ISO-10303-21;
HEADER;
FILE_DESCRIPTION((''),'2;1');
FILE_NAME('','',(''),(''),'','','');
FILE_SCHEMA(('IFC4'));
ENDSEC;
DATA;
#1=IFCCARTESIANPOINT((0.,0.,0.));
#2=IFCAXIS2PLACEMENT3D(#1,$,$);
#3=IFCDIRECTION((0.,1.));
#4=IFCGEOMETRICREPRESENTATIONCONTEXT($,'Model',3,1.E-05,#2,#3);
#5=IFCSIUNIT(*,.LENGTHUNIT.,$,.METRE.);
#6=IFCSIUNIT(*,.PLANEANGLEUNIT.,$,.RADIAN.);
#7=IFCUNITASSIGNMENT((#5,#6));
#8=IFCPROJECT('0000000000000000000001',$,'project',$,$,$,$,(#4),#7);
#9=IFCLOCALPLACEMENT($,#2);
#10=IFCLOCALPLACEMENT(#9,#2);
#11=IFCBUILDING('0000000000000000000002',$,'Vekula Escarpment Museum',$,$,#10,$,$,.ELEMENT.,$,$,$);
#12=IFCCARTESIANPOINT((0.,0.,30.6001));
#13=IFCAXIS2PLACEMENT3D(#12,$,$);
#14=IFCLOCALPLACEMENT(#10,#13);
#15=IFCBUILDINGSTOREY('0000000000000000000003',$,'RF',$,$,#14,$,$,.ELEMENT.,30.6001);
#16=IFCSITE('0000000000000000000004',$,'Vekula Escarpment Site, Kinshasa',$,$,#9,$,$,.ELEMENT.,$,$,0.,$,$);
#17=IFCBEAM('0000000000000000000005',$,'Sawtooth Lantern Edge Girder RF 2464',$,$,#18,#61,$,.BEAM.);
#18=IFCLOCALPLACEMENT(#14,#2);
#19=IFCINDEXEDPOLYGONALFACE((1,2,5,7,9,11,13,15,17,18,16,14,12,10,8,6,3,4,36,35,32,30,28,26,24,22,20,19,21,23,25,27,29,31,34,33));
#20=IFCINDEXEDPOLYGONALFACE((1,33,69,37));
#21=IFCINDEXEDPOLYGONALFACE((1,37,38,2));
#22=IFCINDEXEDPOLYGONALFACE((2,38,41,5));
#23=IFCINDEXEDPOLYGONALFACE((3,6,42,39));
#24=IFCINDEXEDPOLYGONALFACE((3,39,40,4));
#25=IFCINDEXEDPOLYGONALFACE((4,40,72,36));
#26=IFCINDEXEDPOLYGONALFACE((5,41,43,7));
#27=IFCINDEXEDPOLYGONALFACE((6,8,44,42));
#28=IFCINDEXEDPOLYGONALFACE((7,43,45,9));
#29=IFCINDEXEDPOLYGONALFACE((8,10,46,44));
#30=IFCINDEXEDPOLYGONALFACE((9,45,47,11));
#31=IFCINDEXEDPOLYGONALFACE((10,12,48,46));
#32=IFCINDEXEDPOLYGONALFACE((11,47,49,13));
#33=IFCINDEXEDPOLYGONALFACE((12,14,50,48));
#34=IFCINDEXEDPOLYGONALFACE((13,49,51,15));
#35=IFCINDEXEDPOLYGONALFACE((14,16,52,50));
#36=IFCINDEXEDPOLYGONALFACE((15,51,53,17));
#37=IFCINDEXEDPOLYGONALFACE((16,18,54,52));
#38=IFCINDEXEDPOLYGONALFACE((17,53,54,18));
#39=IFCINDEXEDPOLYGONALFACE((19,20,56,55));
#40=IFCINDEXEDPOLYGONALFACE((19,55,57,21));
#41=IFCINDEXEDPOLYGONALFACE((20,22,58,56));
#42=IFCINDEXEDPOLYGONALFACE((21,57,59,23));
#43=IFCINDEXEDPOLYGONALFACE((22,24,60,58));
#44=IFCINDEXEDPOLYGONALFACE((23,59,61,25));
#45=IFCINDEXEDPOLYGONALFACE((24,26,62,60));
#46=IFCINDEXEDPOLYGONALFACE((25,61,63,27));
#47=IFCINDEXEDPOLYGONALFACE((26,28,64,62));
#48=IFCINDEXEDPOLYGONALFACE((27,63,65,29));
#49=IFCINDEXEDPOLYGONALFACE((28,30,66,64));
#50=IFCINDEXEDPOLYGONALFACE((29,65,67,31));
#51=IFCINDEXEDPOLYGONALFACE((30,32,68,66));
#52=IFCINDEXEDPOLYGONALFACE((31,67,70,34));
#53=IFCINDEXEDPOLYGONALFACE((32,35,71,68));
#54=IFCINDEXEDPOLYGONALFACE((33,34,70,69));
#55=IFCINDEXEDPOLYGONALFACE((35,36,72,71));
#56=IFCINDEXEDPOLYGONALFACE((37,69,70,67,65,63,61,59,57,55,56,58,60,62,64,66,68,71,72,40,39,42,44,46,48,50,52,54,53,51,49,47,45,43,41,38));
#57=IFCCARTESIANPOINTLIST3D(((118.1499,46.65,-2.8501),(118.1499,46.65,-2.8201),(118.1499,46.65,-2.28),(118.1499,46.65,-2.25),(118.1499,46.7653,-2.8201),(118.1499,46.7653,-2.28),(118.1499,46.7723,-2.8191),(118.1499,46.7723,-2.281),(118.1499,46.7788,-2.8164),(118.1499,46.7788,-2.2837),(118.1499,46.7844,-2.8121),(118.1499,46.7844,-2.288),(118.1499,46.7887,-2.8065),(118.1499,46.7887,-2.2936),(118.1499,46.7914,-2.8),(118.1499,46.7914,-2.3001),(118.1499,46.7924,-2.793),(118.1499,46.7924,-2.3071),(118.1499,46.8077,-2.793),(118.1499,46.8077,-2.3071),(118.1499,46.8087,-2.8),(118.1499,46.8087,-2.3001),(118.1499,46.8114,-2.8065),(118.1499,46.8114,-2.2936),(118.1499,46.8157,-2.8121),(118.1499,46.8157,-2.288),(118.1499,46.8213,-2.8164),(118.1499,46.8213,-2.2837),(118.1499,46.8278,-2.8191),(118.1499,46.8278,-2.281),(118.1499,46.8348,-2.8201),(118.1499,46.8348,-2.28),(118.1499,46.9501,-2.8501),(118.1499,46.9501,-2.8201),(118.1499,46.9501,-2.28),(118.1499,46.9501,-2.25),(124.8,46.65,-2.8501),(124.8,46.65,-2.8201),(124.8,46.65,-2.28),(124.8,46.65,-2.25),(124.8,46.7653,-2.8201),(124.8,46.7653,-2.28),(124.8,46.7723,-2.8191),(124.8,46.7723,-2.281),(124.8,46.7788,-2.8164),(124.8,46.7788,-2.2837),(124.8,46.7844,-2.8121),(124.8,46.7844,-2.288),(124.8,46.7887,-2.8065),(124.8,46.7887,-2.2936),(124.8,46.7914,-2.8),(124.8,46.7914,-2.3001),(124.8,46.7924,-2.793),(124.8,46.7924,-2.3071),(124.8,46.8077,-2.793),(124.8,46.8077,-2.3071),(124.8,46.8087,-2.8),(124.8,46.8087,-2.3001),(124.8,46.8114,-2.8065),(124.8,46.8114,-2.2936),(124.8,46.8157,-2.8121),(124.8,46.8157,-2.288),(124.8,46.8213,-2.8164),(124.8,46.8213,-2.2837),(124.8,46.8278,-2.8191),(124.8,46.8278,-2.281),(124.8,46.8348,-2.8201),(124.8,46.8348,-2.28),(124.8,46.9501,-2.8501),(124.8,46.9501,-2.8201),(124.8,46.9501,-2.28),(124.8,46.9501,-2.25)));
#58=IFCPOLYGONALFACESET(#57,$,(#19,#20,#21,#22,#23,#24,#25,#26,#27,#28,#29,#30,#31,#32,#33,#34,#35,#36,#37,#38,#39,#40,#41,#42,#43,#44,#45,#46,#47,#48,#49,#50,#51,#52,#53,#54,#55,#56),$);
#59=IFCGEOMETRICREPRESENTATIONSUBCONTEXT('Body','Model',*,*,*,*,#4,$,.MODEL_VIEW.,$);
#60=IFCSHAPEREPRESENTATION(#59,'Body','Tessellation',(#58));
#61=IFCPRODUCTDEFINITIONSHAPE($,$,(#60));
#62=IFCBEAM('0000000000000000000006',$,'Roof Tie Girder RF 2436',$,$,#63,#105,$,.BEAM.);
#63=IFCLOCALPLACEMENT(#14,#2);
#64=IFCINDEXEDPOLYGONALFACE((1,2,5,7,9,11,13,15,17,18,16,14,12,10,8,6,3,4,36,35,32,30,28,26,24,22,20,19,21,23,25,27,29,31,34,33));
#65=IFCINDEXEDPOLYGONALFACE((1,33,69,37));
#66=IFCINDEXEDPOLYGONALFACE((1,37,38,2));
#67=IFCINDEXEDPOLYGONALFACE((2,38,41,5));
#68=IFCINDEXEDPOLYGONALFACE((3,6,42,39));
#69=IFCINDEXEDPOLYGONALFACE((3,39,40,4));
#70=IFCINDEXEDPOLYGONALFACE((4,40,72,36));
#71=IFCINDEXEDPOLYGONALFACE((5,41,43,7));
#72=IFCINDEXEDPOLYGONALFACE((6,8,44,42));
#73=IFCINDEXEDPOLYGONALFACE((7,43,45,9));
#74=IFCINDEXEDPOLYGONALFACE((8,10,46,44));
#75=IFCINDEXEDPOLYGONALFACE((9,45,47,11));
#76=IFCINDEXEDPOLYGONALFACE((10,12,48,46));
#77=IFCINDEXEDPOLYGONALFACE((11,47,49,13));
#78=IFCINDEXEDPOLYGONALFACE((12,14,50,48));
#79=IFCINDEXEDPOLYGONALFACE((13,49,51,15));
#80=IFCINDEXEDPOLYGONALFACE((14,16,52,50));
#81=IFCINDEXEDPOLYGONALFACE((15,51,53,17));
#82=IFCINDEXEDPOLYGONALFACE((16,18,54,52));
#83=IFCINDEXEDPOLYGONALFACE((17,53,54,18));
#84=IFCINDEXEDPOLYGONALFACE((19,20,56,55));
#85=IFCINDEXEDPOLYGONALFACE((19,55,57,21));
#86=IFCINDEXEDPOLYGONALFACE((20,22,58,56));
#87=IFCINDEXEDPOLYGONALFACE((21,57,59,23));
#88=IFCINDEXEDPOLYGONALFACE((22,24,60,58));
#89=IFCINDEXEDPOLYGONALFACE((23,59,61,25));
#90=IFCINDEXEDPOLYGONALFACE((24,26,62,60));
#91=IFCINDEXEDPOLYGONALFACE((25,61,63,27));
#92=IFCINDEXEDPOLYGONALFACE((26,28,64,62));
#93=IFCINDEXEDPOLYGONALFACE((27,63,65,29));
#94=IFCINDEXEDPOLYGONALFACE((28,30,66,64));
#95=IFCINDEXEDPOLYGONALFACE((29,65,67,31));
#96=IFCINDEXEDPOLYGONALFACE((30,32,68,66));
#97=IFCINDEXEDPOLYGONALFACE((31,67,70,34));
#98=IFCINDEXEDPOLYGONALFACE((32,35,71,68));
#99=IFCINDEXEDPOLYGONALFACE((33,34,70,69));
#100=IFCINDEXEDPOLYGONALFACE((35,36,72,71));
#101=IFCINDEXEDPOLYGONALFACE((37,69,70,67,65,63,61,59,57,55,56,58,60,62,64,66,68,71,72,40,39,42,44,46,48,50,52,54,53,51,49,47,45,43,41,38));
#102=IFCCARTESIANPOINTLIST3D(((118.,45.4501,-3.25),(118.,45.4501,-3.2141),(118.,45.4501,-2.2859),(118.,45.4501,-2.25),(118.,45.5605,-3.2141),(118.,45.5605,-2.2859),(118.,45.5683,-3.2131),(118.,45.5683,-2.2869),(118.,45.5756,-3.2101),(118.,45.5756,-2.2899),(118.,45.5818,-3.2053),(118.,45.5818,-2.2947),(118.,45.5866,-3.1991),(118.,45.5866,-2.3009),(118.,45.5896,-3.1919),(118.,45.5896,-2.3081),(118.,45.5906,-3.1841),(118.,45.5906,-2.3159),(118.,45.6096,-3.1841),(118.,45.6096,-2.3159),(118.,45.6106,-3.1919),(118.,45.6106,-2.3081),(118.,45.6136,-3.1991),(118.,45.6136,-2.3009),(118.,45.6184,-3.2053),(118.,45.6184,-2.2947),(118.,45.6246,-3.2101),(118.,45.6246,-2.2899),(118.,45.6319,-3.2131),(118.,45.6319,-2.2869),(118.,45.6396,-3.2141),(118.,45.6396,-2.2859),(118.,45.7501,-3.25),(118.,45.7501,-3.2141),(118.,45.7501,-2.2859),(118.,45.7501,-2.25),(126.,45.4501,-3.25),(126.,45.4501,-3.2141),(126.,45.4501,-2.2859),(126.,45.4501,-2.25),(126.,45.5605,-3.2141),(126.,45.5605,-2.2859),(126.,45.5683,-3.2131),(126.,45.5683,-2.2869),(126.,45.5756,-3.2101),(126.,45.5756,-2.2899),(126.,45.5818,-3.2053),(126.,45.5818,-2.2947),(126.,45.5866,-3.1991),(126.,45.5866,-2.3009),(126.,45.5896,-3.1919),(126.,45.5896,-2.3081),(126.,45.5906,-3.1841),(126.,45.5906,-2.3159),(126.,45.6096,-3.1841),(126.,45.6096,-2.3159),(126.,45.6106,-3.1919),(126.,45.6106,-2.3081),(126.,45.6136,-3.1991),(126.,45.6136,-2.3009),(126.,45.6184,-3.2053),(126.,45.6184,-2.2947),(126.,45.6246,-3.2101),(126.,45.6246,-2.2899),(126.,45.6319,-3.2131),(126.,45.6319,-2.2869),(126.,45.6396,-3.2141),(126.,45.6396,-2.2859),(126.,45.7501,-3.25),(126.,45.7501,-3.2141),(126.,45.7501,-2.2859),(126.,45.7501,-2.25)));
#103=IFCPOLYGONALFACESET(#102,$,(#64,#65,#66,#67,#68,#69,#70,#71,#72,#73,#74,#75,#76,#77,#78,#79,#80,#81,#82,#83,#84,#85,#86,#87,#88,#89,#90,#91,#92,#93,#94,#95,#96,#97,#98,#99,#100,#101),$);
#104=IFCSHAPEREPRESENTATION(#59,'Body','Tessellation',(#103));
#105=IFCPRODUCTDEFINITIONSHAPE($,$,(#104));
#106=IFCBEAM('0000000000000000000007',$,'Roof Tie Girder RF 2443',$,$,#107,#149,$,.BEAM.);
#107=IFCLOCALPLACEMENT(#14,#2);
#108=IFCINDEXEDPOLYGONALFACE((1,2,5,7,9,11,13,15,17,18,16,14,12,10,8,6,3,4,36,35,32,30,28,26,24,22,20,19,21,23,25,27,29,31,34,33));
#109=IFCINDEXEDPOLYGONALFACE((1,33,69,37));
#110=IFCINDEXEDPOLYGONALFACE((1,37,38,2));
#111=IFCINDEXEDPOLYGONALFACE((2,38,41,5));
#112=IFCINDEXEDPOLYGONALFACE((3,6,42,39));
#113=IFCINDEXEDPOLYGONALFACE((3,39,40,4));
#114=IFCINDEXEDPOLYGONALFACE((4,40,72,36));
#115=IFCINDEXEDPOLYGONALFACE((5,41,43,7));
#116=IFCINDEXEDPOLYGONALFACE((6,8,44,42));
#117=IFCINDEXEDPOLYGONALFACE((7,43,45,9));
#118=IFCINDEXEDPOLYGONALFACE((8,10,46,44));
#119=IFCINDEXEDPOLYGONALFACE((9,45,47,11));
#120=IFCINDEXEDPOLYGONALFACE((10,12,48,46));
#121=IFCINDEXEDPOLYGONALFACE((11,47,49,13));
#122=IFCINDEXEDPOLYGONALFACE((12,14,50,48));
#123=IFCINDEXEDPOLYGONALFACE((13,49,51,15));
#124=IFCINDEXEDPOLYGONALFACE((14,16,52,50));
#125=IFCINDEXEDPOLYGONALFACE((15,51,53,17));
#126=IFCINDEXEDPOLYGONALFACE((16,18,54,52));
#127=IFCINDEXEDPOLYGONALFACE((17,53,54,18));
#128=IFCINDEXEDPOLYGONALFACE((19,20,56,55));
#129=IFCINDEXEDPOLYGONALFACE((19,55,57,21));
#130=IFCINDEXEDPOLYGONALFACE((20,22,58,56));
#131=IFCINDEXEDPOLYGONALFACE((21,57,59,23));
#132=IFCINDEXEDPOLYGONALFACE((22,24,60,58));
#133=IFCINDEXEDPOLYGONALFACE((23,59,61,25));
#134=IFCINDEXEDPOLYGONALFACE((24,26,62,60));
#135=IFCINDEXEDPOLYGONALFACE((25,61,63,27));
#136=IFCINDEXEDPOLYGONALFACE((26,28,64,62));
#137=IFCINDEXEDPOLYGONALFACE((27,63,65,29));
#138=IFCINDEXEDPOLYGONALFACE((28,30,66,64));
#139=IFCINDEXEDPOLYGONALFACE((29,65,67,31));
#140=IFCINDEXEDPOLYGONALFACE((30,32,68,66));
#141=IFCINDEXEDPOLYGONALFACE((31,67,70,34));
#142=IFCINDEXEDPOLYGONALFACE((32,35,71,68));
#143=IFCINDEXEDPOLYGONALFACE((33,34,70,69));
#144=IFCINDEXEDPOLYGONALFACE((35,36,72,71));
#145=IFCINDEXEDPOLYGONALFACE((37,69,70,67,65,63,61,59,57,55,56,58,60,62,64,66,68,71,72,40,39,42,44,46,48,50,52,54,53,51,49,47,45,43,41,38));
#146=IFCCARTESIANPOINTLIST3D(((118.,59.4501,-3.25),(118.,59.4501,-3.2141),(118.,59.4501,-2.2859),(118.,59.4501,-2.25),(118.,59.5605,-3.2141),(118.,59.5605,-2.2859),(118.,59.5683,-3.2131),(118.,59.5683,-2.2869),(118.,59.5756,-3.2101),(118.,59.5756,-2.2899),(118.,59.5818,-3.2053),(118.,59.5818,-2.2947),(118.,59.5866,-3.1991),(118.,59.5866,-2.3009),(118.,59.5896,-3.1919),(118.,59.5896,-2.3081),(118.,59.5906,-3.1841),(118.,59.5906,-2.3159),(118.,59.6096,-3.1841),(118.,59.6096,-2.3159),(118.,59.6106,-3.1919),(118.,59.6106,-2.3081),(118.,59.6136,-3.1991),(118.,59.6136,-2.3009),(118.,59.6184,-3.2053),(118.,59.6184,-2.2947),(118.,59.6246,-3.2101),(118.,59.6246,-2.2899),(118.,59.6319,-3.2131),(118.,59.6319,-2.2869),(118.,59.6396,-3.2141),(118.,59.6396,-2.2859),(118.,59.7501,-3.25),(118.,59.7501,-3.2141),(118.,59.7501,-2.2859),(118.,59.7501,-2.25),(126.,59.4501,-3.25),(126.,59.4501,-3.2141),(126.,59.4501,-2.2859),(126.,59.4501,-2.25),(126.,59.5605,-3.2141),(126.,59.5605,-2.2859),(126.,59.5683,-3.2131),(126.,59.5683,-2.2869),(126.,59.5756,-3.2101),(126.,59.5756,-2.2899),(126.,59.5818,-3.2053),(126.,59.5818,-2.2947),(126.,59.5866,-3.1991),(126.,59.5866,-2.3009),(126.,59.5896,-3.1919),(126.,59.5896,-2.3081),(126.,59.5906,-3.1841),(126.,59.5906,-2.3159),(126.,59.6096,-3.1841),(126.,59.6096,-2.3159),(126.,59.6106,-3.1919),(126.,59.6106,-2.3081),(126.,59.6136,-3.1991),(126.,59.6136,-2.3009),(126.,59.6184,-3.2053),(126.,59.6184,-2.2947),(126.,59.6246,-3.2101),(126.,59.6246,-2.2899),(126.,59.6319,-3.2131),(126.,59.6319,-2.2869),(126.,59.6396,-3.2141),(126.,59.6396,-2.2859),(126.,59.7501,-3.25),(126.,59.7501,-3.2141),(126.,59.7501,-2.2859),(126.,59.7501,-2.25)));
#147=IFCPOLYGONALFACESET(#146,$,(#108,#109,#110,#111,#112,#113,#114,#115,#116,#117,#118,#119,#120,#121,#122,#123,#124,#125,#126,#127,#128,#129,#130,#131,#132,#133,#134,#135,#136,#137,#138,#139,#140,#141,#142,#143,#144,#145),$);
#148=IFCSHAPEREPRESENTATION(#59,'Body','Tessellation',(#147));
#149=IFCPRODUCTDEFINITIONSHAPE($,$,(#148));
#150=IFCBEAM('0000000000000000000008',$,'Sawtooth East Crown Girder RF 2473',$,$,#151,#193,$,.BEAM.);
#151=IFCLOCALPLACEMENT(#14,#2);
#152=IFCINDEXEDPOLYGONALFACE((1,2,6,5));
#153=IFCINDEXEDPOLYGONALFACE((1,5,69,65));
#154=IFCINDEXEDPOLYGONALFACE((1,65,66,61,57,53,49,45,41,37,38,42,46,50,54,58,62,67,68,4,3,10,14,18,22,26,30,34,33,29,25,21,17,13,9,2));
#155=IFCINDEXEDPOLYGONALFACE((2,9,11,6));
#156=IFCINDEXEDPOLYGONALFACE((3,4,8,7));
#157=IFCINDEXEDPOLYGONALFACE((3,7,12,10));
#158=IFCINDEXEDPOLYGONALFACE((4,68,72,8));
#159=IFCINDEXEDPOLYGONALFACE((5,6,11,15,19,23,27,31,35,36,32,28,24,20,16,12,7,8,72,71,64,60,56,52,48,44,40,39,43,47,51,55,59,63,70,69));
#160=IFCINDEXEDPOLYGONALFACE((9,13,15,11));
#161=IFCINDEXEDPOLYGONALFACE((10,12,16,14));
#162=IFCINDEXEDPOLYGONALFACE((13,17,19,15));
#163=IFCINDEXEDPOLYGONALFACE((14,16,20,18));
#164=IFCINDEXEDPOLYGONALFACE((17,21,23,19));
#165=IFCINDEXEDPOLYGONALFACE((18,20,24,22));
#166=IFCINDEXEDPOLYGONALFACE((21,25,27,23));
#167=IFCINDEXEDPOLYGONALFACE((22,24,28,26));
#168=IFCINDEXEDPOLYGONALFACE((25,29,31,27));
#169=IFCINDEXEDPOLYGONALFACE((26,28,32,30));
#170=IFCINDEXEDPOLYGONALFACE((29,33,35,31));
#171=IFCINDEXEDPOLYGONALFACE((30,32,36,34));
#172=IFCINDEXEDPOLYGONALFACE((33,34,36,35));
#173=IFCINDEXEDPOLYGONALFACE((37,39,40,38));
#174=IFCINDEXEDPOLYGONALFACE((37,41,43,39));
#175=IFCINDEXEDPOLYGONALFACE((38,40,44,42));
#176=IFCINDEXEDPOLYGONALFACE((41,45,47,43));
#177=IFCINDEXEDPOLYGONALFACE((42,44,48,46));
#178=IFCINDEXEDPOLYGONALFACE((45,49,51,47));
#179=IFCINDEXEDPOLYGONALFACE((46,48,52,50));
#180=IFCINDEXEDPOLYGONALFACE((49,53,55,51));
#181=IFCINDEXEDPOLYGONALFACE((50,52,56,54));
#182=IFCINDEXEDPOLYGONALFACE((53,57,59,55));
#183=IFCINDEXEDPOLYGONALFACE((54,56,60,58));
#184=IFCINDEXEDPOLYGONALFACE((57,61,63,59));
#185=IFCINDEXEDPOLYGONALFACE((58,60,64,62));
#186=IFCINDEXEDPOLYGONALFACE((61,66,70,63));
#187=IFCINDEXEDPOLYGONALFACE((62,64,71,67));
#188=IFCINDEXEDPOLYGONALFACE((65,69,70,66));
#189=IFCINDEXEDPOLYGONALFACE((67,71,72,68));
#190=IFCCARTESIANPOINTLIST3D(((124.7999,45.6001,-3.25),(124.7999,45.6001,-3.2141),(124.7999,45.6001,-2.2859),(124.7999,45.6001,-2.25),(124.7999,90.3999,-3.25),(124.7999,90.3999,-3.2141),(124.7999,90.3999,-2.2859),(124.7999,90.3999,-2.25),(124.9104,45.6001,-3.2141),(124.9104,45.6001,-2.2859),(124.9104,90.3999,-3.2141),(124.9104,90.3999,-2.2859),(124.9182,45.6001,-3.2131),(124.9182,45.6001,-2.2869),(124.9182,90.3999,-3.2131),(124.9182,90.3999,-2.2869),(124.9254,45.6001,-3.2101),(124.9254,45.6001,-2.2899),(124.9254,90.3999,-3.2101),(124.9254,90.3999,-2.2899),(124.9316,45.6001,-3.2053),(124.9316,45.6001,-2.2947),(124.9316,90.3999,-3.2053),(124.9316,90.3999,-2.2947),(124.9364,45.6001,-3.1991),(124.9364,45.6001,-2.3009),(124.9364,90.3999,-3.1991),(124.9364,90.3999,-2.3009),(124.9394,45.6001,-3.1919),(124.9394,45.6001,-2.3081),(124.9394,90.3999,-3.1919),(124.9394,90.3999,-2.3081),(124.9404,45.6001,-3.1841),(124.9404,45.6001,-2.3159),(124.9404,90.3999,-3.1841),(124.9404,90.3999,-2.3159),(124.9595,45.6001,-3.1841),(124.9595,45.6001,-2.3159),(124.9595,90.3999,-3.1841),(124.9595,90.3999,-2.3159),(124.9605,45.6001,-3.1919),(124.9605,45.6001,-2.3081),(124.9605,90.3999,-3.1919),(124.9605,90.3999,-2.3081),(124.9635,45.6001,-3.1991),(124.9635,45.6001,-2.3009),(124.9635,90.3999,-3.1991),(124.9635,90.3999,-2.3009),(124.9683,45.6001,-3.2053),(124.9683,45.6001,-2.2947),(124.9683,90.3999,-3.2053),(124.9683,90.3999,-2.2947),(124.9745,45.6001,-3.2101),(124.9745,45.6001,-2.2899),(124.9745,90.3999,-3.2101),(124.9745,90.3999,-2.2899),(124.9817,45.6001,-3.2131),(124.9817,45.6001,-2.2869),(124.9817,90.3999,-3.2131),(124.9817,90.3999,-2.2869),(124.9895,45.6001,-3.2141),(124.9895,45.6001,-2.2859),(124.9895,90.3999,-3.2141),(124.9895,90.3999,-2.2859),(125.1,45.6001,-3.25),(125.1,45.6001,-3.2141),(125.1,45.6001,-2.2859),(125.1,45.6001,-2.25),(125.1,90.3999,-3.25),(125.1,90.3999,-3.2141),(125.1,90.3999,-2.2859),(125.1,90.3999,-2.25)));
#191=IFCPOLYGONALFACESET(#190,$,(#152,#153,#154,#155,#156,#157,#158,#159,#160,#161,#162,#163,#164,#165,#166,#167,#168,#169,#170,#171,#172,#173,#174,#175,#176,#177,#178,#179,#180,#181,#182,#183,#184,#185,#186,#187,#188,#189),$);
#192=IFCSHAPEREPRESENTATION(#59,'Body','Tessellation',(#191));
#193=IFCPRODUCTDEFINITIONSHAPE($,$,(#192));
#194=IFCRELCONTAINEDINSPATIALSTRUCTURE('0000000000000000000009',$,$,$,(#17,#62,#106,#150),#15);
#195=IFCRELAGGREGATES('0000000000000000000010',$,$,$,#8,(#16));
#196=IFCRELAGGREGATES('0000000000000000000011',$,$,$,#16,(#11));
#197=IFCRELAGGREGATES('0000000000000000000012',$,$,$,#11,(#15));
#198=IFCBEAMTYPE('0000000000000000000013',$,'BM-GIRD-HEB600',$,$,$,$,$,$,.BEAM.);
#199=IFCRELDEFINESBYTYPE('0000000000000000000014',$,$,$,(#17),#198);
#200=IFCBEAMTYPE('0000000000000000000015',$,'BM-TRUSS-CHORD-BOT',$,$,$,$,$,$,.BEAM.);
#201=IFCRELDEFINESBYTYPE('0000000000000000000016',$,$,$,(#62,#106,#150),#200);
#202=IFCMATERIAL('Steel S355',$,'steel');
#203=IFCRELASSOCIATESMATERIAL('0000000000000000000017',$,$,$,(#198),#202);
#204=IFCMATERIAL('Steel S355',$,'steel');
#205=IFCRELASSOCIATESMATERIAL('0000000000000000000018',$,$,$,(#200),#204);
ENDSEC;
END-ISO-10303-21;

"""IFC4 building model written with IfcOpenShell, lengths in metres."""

from ifc_helpers import new_model, si_unit, direction, frame, origin, origin_2d, place, context, subcontext, project, spatial, i_section, extrude, material, material_profile, profile_set, type_object, element, save


model = new_model("IFC4")

# Units and contexts
model_context = context("Model", 3, precision=1e-05, world=origin(), true_north=direction((0.0, 1.0)))
body_context = subcontext(model_context, "Body", "Model", "MODEL_VIEW")
ifc_project = project(units=[si_unit("LENGTHUNIT", "METRE"), si_unit("PLANEANGLEUNIT", "RADIAN")], contexts=[model_context])

# Site, building, storey
site_placement = place(None, origin())
site = spatial("IfcSite", under=ifc_project, at=site_placement, Name="Vekula Escarpment Site, Kinshasa", CompositionType="ELEMENT", RefElevation=0.0)
building_placement = place(site_placement, origin())
building = spatial("IfcBuilding", under=site, at=building_placement, Name="Vekula Escarpment Museum", CompositionType="ELEMENT")
storey_placement = place(building_placement, frame((0.0, 0.0, 30.6001)))
storey = spatial("IfcBuildingStorey", under=building, at=storey_placement, Name="RF", CompositionType="ELEMENT", Elevation=30.6001)

# Beams
ifc_material_1 = material(Name="Steel S355", Category="steel")
ifc_material_profile_1 = material_profile(ifc_material_1, i_section(OverallWidth=0.3, OverallDepth=0.6001, WebThickness=0.0154, FlangeThickness=0.03, FilletRadius=0.0271, at=origin_2d()), Name="HEB 600")
ifc_profile_set_1 = profile_set([ifc_material_profile_1], Name="Steel S355")
beam_type_1 = type_object("IfcBeamType", Name="BM-GIRD-HEB600", PredefinedType="BEAM", material=ifc_profile_set_1)
beam_1_placement = place(storey_placement, frame((118.1499, 46.8, -2.55), z_axis=(1.0, 0.0, 0.0), x_axis=(0.0, 1.0, 0.0)))
element("IfcBeam", 1, at=beam_1_placement, inside=storey, type_object=beam_type_1, Name="Sawtooth Lantern Edge Girder RF 2464", PredefinedType="BEAM", context=body_context, shape_type="SweptSolid", body=[
    extrude(i_section(OverallWidth=0.3, OverallDepth=0.6001, WebThickness=0.0154, FlangeThickness=0.03, FilletRadius=0.0271, at=origin_2d()), origin(), (0.0, 0.0, 1.0), 6.6501),
])
ifc_material_2 = material(Name="Steel S355", Category="steel")
ifc_material_profile_2 = material_profile(ifc_material_2, i_section(OverallWidth=0.3, OverallDepth=1.0, WebThickness=0.019, FlangeThickness=0.0359, FilletRadius=0.03, at=origin_2d()), Name="HEB 1000")
ifc_profile_set_2 = profile_set([ifc_material_profile_2], Name="Steel S355")
beam_type_2 = type_object("IfcBeamType", Name="BM-TRUSS-CHORD-BOT", PredefinedType="BEAM", material=ifc_profile_set_2)
for number, where, z_axis, x_axis, name in (
    (2, (118.0, 45.6001, -2.75), (1.0, 0.0, 0.0), (0.0, 1.0, 0.0), "Roof Tie Girder RF 2436"),
    (3, (118.0, 59.6001, -2.75), (1.0, 0.0, 0.0), (0.0, 1.0, 0.0), "Roof Tie Girder RF 2443"),
):
    element("IfcBeam", number, at=place(storey_placement, frame(where, z_axis=z_axis, x_axis=x_axis)), inside=storey, type_object=beam_type_2, Name=name, PredefinedType="BEAM", context=body_context, shape_type="SweptSolid", body=[
        extrude(i_section(OverallWidth=0.3, OverallDepth=1.0, WebThickness=0.019, FlangeThickness=0.0359, FilletRadius=0.03, at=origin_2d()), origin(), (0.0, 0.0, 1.0), 8.0),
    ])
beam_2_placement = place(storey_placement, frame((124.95, 45.6001, -2.75), z_axis=(0.0, 1.0, 0.0), x_axis=(-1.0, 0.0, 0.0)))
element("IfcBeam", 4, at=beam_2_placement, inside=storey, type_object=beam_type_2, Name="Sawtooth East Crown Girder RF 2473", PredefinedType="BEAM", context=body_context, shape_type="SweptSolid", body=[
    extrude(i_section(OverallWidth=0.3, OverallDepth=1.0, WebThickness=0.019, FlangeThickness=0.0359, FilletRadius=0.03, at=origin_2d()), origin(), (0.0, 0.0, 1.0), 44.7998),
])

save(model, "model.ifc")
